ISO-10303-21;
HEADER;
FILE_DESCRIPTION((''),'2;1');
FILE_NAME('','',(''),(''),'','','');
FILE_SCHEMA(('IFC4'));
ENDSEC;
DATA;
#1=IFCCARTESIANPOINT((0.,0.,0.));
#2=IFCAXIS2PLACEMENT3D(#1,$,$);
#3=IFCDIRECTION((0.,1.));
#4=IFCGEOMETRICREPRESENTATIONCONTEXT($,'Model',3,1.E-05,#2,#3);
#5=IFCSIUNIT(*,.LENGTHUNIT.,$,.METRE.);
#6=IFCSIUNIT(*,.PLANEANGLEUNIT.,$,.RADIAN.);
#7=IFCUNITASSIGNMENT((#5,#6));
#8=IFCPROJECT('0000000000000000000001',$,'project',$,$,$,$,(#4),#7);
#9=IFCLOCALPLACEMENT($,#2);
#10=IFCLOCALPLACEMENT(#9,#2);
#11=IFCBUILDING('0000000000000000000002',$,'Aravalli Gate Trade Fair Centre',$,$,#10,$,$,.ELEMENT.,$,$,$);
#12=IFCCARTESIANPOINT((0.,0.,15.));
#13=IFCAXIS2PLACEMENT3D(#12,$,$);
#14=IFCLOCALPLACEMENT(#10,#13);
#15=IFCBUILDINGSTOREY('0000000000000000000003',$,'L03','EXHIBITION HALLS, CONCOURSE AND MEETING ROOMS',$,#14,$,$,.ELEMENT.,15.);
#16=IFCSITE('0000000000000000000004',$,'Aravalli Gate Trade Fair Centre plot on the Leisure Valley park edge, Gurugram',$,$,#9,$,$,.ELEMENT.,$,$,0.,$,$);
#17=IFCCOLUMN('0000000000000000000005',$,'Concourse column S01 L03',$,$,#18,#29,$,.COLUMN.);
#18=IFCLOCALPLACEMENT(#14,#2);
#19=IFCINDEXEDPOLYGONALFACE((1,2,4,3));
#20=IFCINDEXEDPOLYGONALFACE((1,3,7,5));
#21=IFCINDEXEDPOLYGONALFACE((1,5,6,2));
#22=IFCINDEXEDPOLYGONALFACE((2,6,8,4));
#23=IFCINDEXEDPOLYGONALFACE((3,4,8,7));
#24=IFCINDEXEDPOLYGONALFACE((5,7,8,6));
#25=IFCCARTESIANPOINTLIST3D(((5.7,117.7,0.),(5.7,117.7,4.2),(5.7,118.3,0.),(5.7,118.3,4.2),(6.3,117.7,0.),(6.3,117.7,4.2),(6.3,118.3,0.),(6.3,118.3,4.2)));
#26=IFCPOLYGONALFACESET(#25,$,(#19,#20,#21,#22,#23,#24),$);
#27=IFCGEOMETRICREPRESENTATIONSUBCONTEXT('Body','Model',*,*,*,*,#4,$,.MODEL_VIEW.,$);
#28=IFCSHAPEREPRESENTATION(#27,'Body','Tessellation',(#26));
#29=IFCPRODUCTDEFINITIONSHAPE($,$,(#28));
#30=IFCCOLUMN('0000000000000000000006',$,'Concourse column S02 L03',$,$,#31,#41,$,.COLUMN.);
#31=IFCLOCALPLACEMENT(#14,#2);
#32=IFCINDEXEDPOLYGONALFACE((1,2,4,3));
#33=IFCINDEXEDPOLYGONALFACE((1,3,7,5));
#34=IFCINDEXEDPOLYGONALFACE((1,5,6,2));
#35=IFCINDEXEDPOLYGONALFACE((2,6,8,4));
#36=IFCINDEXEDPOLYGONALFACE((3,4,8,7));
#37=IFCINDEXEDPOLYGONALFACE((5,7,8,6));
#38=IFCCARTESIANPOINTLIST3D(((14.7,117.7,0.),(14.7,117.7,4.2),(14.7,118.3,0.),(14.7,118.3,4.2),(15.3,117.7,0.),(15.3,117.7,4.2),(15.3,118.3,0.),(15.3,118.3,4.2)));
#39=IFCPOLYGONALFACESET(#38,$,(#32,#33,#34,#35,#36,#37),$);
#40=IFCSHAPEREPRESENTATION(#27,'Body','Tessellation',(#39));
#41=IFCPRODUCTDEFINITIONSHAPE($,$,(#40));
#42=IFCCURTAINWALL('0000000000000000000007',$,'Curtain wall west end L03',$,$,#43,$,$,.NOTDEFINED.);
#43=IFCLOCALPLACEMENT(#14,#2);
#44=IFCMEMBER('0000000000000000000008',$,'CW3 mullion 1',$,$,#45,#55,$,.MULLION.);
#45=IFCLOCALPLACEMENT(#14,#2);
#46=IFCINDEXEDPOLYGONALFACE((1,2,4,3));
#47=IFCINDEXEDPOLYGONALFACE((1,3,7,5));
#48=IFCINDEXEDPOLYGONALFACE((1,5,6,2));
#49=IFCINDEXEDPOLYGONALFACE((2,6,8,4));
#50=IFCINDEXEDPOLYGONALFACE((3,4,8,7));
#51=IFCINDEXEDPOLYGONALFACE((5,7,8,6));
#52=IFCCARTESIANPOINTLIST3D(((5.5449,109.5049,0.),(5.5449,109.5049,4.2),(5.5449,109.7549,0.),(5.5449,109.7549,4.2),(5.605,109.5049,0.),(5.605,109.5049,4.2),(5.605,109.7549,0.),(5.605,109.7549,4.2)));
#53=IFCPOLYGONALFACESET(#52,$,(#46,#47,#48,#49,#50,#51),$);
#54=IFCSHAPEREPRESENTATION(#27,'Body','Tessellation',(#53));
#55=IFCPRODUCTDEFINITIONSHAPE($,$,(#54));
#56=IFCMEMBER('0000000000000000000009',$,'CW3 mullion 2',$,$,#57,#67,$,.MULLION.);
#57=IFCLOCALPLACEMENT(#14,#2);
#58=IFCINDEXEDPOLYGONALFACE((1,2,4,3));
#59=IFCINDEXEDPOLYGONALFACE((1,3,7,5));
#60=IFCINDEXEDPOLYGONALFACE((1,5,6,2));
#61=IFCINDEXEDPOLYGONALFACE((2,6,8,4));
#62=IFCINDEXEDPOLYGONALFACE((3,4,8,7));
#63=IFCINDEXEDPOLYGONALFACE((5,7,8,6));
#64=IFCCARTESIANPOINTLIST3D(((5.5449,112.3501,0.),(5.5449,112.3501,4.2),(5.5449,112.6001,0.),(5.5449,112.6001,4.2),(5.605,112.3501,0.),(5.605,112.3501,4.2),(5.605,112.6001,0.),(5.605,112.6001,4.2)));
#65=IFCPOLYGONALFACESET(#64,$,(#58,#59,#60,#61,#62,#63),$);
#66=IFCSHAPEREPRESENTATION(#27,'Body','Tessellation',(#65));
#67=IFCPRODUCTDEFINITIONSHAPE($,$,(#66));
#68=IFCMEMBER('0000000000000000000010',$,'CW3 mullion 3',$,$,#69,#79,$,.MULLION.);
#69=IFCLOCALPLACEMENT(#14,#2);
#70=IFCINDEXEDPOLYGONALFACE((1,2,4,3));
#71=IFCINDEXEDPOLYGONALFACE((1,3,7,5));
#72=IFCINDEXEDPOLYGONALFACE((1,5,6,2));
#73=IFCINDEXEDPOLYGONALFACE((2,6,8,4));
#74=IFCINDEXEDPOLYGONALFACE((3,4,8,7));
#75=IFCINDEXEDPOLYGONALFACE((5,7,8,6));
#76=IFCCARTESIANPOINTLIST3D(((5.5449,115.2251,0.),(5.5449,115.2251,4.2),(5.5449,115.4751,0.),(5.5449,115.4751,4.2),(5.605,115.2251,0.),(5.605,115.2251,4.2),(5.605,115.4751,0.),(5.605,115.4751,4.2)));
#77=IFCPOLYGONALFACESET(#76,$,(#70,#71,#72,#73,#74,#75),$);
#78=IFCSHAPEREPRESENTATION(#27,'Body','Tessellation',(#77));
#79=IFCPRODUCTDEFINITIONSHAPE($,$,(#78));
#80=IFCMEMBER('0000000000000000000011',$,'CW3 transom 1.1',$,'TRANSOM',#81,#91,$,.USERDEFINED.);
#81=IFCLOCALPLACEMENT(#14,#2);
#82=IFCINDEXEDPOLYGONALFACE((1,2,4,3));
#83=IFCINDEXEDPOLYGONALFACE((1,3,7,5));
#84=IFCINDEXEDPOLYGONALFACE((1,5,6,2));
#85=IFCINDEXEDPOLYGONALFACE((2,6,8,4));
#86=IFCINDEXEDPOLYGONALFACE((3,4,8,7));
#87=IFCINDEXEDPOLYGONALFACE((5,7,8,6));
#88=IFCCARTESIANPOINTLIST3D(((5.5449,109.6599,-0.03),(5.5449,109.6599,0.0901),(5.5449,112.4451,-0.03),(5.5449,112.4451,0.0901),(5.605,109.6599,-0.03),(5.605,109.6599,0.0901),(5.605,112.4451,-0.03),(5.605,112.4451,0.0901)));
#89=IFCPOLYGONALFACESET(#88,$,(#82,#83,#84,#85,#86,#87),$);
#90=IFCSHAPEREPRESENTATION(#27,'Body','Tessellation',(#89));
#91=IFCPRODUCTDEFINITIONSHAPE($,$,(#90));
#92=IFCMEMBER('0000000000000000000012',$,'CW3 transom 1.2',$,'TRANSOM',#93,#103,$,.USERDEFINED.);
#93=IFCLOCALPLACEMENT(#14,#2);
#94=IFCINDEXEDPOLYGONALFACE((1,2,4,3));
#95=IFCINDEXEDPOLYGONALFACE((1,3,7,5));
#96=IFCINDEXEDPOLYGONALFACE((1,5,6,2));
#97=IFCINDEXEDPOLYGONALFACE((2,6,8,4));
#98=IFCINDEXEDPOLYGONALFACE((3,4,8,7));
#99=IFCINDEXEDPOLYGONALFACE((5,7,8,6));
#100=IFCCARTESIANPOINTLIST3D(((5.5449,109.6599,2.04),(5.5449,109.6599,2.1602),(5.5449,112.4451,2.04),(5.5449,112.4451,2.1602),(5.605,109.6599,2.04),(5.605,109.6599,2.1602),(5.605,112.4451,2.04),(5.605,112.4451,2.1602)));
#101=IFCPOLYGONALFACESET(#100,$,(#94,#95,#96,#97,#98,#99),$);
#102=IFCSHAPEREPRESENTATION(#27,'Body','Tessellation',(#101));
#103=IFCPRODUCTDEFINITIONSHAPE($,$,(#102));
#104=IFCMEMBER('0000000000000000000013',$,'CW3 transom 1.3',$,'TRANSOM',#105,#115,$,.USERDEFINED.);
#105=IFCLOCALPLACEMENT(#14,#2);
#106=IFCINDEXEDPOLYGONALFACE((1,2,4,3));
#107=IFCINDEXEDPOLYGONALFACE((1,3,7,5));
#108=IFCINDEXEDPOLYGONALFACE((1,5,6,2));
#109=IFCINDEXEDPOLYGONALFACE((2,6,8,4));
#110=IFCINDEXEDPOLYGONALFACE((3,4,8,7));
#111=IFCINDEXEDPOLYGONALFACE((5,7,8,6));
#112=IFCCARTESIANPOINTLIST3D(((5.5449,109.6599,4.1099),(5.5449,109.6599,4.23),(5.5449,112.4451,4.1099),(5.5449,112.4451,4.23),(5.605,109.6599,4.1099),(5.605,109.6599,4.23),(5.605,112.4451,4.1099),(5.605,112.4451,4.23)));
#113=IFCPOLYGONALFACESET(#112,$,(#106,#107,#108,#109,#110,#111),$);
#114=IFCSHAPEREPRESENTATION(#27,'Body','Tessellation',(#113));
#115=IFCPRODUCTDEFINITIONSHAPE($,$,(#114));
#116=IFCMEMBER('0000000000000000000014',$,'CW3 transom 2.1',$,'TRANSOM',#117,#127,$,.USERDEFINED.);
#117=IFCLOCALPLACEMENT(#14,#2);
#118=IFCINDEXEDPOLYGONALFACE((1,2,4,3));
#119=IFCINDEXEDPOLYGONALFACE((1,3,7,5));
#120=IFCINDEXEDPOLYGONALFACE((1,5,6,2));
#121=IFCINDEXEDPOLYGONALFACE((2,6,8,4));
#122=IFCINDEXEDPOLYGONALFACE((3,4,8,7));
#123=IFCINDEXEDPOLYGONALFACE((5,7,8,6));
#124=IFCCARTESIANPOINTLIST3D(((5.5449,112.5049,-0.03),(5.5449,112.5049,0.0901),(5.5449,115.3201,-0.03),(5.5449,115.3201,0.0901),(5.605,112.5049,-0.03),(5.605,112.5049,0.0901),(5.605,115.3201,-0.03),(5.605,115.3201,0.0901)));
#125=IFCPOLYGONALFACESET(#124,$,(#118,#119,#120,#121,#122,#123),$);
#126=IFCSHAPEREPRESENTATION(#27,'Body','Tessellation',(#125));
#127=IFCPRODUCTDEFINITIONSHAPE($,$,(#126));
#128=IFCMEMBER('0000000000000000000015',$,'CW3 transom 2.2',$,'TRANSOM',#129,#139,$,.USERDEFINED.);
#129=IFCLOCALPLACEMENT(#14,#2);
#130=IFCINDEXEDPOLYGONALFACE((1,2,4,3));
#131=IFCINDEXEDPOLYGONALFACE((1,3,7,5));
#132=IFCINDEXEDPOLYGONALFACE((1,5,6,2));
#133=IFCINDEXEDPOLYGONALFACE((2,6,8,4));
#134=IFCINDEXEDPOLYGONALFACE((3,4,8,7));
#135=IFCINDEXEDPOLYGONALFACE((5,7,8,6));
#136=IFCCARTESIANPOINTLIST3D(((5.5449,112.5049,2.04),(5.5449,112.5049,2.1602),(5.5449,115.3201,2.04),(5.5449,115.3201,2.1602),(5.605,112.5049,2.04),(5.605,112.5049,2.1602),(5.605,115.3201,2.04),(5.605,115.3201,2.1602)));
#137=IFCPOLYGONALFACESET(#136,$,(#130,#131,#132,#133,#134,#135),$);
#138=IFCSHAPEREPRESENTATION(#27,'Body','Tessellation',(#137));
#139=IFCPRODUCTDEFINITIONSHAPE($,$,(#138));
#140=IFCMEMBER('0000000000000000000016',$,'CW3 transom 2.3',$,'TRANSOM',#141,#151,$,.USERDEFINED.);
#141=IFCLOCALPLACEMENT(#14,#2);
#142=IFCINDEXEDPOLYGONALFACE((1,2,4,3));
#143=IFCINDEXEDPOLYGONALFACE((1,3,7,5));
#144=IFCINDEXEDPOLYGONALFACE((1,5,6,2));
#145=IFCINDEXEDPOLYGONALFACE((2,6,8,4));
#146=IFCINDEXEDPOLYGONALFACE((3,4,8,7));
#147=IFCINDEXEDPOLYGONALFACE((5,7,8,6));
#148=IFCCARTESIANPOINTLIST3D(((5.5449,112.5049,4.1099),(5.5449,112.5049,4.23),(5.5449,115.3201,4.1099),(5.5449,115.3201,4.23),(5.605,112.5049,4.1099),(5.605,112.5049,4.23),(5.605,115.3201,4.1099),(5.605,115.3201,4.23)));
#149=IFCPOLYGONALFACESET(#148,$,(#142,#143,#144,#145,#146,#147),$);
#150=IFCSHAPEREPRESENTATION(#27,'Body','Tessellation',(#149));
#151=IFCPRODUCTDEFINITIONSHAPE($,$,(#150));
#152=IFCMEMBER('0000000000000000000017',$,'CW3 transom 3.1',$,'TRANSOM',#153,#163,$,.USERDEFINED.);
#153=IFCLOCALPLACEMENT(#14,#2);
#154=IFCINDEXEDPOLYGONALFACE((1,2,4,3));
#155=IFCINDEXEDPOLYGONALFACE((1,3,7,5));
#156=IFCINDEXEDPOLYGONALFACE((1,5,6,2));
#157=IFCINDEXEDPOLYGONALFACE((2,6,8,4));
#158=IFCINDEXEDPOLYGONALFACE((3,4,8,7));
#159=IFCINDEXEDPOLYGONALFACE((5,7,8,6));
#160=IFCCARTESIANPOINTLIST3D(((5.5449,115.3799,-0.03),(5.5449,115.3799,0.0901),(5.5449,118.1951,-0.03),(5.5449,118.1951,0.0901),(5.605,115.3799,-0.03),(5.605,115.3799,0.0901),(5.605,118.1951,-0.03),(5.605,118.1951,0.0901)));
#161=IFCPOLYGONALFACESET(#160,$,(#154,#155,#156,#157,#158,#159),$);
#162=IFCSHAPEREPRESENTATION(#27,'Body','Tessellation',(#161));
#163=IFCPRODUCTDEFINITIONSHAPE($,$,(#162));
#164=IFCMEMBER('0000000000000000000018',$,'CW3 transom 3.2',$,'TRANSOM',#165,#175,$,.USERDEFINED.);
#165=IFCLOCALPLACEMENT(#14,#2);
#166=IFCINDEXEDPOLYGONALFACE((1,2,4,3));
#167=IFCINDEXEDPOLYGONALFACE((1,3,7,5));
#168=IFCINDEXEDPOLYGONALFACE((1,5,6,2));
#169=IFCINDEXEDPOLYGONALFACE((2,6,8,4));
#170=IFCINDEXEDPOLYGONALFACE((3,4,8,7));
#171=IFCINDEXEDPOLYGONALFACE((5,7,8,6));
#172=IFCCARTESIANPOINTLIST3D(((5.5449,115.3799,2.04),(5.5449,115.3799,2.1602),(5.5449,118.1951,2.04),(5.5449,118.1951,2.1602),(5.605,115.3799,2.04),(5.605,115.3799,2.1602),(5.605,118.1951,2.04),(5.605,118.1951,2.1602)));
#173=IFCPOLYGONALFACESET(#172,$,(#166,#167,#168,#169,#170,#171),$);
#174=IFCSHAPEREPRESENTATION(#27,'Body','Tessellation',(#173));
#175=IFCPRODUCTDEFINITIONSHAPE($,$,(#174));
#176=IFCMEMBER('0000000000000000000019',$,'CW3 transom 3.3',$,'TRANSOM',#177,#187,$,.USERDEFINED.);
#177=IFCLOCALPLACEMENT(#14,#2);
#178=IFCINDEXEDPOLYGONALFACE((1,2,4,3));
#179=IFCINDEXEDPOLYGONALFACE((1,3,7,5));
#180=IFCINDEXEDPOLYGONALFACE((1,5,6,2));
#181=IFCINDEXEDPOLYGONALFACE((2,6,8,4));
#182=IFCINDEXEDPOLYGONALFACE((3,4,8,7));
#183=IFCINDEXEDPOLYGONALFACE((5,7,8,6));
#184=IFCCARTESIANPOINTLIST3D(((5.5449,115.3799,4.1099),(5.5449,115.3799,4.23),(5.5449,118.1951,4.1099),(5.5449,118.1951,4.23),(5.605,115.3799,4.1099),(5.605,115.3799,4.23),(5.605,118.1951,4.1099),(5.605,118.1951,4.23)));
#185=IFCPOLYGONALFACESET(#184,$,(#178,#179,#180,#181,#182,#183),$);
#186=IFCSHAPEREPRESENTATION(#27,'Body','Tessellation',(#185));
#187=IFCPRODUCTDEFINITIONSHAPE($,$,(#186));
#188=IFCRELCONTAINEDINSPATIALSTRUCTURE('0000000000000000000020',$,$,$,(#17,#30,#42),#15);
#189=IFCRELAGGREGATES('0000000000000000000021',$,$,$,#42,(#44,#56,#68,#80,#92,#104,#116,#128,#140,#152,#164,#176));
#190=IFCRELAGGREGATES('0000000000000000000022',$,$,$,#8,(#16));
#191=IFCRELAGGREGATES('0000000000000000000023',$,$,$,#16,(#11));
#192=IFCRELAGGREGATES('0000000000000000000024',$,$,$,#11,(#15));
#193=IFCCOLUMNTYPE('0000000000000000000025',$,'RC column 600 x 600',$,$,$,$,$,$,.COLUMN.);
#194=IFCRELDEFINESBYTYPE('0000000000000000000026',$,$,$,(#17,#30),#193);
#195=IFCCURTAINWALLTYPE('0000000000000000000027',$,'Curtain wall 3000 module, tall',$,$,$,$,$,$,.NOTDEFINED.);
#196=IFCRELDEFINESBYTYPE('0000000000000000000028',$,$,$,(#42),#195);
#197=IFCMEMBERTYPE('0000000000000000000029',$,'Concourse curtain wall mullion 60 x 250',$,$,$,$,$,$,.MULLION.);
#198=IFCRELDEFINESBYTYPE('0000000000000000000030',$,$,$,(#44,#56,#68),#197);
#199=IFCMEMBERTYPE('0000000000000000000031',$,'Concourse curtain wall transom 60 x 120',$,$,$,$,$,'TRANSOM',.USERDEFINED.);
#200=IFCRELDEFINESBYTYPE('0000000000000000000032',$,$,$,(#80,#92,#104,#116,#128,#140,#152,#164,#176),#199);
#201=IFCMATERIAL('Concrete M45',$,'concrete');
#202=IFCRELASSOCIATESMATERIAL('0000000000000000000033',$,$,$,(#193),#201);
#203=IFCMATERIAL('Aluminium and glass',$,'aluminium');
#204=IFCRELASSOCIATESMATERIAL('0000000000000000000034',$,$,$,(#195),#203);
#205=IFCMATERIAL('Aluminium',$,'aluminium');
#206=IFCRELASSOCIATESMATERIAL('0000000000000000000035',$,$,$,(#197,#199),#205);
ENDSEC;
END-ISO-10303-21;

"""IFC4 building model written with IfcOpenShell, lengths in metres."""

from ifc_helpers import new_model, si_unit, direction, frame, origin, origin_2d, place, context, subcontext, project, spatial, rectangle, extrude, material, material_profile, profile_set, type_object, element, aggregate, save


model = new_model("IFC4")

# Units and contexts
model_context = context("Model", 3, precision=1e-05, world=origin(), true_north=direction((0.0, 1.0)))
body_context = subcontext(model_context, "Body", "Model", "MODEL_VIEW")
ifc_project = project(units=[si_unit("LENGTHUNIT", "METRE"), si_unit("PLANEANGLEUNIT", "RADIAN")], contexts=[model_context])

# Site, building, storey
site_placement = place(None, origin())
site = spatial("IfcSite", under=ifc_project, at=site_placement, Name="Aravalli Gate Trade Fair Centre plot on the Leisure Valley park edge, Gurugram", CompositionType="ELEMENT", RefElevation=0.0)
building_placement = place(site_placement, origin())
building = spatial("IfcBuilding", under=site, at=building_placement, Name="Aravalli Gate Trade Fair Centre", CompositionType="ELEMENT")
storey_placement = place(building_placement, frame((0.0, 0.0, 15.0)))
storey = spatial("IfcBuildingStorey", under=building, at=storey_placement, Name="L03", Description="EXHIBITION HALLS, CONCOURSE AND MEETING ROOMS", CompositionType="ELEMENT", Elevation=15.0)

# Columns
ifc_material_1 = material(Name="Concrete M45", Category="concrete")
ifc_material_profile_1 = material_profile(ifc_material_1, rectangle(XDim=0.6001, YDim=0.6001, at=origin_2d()), Name="RC column 600 x 600")
ifc_profile_set_1 = profile_set([ifc_material_profile_1], Name="Concrete M45")
column_type = type_object("IfcColumnType", Name="RC column 600 x 600", PredefinedType="COLUMN", material=ifc_profile_set_1)
for number, where, z_axis, x_axis, name in (
    (1, (6.0, 118.0, 0.0), (0.0, 0.0, 1.0), (1.0, 0.0, 0.0), "Concourse column S01 L03"),
    (2, (15.0, 118.0, 0.0), (0.0, 0.0, 1.0), (1.0, 0.0, 0.0), "Concourse column S02 L03"),
):
    element("IfcColumn", number, at=place(storey_placement, frame(where, z_axis=z_axis, x_axis=x_axis)), inside=storey, type_object=column_type, Name=name, PredefinedType="COLUMN", context=body_context, shape_type="SweptSolid", body=[
        extrude(rectangle(XDim=0.6001, YDim=0.6001, at=origin_2d()), origin(), (0.0, 0.0, 1.0), 4.2),
    ])

# Curtain wall, members
ifc_material_2 = material(Name="Aluminium and glass", Category="aluminium")
curtain_wall_type = type_object("IfcCurtainWallType", Name="Curtain wall 3000 module, tall", PredefinedType="NOTDEFINED", material=ifc_material_2)
curtain_wall_placement = place(storey_placement, origin())
curtain_wall = element("IfcCurtainWall", 3, at=curtain_wall_placement, inside=storey, type_object=curtain_wall_type, Name="Curtain wall west end L03", PredefinedType="NOTDEFINED")
ifc_material_3 = material(Name="Aluminium", Category="aluminium")
ifc_material_profile_2 = material_profile(ifc_material_3, rectangle(XDim=0.0601, YDim=0.25, at=origin_2d()), Name="Concourse curtain wall mullion 60 x 250")
ifc_profile_set_2 = profile_set([ifc_material_profile_2], Name="Aluminium")
member_type_1 = type_object("IfcMemberType", Name="Concourse curtain wall mullion 60 x 250", PredefinedType="MULLION", material=ifc_profile_set_2)
member_1_placement = place(storey_placement, frame((5.575, 109.6299, 0.0), z_axis=(0.0, 0.0, 1.0), x_axis=(-1.0, 0.0, 0.0)))
member_1 = element("IfcMember", 4, at=member_1_placement, type_object=member_type_1, Name="CW3 mullion 1", PredefinedType="MULLION", context=body_context, shape_type="SweptSolid", body=[
    extrude(rectangle(XDim=0.0601, YDim=0.25, at=origin_2d()), origin(), (0.0, 0.0, 1.0), 4.2),
])
member_2_placement = place(storey_placement, frame((5.575, 112.4751, 0.0), z_axis=(0.0, 0.0, 1.0), x_axis=(-1.0, 0.0, 0.0)))
member_2 = element("IfcMember", 5, at=member_2_placement, type_object=member_type_1, Name="CW3 mullion 2", PredefinedType="MULLION", context=body_context, shape_type="SweptSolid", body=[
    extrude(rectangle(XDim=0.0601, YDim=0.25, at=origin_2d()), origin(), (0.0, 0.0, 1.0), 4.2),
])
member_3_placement = place(storey_placement, frame((5.575, 115.3501, 0.0), z_axis=(0.0, 0.0, 1.0), x_axis=(-1.0, 0.0, 0.0)))
member_3 = element("IfcMember", 6, at=member_3_placement, type_object=member_type_1, Name="CW3 mullion 3", PredefinedType="MULLION", context=body_context, shape_type="SweptSolid", body=[
    extrude(rectangle(XDim=0.0601, YDim=0.25, at=origin_2d()), origin(), (0.0, 0.0, 1.0), 4.2),
])
ifc_material_profile_3 = material_profile(ifc_material_3, rectangle(XDim=0.0601, YDim=0.1201, at=origin_2d()), Name="Concourse curtain wall transom 60 x 120")
ifc_profile_set_3 = profile_set([ifc_material_profile_3], Name="Aluminium")
member_type_2 = type_object("IfcMemberType", Name="Concourse curtain wall transom 60 x 120", ElementType="TRANSOM", PredefinedType="USERDEFINED", material=ifc_profile_set_3)
member_4_placement = place(storey_placement, frame((5.575, 109.6599, 0.03), z_axis=(0.0, 1.0, 0.0), x_axis=(-1.0, 0.0, 0.0)))
member_4 = element("IfcMember", 7, at=member_4_placement, type_object=member_type_2, Name="CW3 transom 1.1", ObjectType="TRANSOM", PredefinedType="USERDEFINED", context=body_context, shape_type="SweptSolid", body=[
    extrude(rectangle(XDim=0.0601, YDim=0.1201, at=origin_2d()), origin(), (0.0, 0.0, 1.0), 2.7852),
])
member_5_placement = place(storey_placement, frame((5.575, 109.6599, 2.1001), z_axis=(0.0, 1.0, 0.0), x_axis=(-1.0, 0.0, 0.0)))
member_5 = element("IfcMember", 8, at=member_5_placement, type_object=member_type_2, Name="CW3 transom 1.2", ObjectType="TRANSOM", PredefinedType="USERDEFINED", context=body_context, shape_type="SweptSolid", body=[
    extrude(rectangle(XDim=0.0601, YDim=0.1201, at=origin_2d()), origin(), (0.0, 0.0, 1.0), 2.7852),
])
member_6_placement = place(storey_placement, frame((5.575, 109.6599, 4.1699), z_axis=(0.0, 1.0, 0.0), x_axis=(-1.0, 0.0, 0.0)))
member_6 = element("IfcMember", 9, at=member_6_placement, type_object=member_type_2, Name="CW3 transom 1.3", ObjectType="TRANSOM", PredefinedType="USERDEFINED", context=body_context, shape_type="SweptSolid", body=[
    extrude(rectangle(XDim=0.0601, YDim=0.1201, at=origin_2d()), origin(), (0.0, 0.0, 1.0), 2.7852),
])
member_7_placement = place(storey_placement, frame((5.575, 112.5049, 0.03), z_axis=(0.0, 1.0, 0.0), x_axis=(-1.0, 0.0, 0.0)))
member_7 = element("IfcMember", 10, at=member_7_placement, type_object=member_type_2, Name="CW3 transom 2.1", ObjectType="TRANSOM", PredefinedType="USERDEFINED", context=body_context, shape_type="SweptSolid", body=[
    extrude(rectangle(XDim=0.0601, YDim=0.1201, at=origin_2d()), origin(), (0.0, 0.0, 1.0), 2.8152),
])
member_8_placement = place(storey_placement, frame((5.575, 112.5049, 2.1001), z_axis=(0.0, 1.0, 0.0), x_axis=(-1.0, 0.0, 0.0)))
member_8 = element("IfcMember", 11, at=member_8_placement, type_object=member_type_2, Name="CW3 transom 2.2", ObjectType="TRANSOM", PredefinedType="USERDEFINED", context=body_context, shape_type="SweptSolid", body=[
    extrude(rectangle(XDim=0.0601, YDim=0.1201, at=origin_2d()), origin(), (0.0, 0.0, 1.0), 2.8152),
])
member_9_placement = place(storey_placement, frame((5.575, 112.5049, 4.1699), z_axis=(0.0, 1.0, 0.0), x_axis=(-1.0, 0.0, 0.0)))
member_9 = element("IfcMember", 12, at=member_9_placement, type_object=member_type_2, Name="CW3 transom 2.3", ObjectType="TRANSOM", PredefinedType="USERDEFINED", context=body_context, shape_type="SweptSolid", body=[
    extrude(rectangle(XDim=0.0601, YDim=0.1201, at=origin_2d()), origin(), (0.0, 0.0, 1.0), 2.8152),
])
member_10_placement = place(storey_placement, frame((5.575, 115.3799, 0.03), z_axis=(0.0, 1.0, 0.0), x_axis=(-1.0, 0.0, 0.0)))
member_10 = element("IfcMember", 13, at=member_10_placement, type_object=member_type_2, Name="CW3 transom 3.1", ObjectType="TRANSOM", PredefinedType="USERDEFINED", context=body_context, shape_type="SweptSolid", body=[
    extrude(rectangle(XDim=0.0601, YDim=0.1201, at=origin_2d()), origin(), (0.0, 0.0, 1.0), 2.8152),
])
member_11_placement = place(storey_placement, frame((5.575, 115.3799, 2.1001), z_axis=(0.0, 1.0, 0.0), x_axis=(-1.0, 0.0, 0.0)))
member_11 = element("IfcMember", 14, at=member_11_placement, type_object=member_type_2, Name="CW3 transom 3.2", ObjectType="TRANSOM", PredefinedType="USERDEFINED", context=body_context, shape_type="SweptSolid", body=[
    extrude(rectangle(XDim=0.0601, YDim=0.1201, at=origin_2d()), origin(), (0.0, 0.0, 1.0), 2.8152),
])
member_12_placement = place(storey_placement, frame((5.575, 115.3799, 4.1699), z_axis=(0.0, 1.0, 0.0), x_axis=(-1.0, 0.0, 0.0)))
member_12 = element("IfcMember", 15, at=member_12_placement, type_object=member_type_2, Name="CW3 transom 3.3", ObjectType="TRANSOM", PredefinedType="USERDEFINED", context=body_context, shape_type="SweptSolid", body=[
    extrude(rectangle(XDim=0.0601, YDim=0.1201, at=origin_2d()), origin(), (0.0, 0.0, 1.0), 2.8152),
])
aggregate(curtain_wall, [member_1, member_2, member_3, member_4, member_5, member_6, member_7, member_8, member_9, member_10, member_11, member_12])

save(model, "model.ifc")
